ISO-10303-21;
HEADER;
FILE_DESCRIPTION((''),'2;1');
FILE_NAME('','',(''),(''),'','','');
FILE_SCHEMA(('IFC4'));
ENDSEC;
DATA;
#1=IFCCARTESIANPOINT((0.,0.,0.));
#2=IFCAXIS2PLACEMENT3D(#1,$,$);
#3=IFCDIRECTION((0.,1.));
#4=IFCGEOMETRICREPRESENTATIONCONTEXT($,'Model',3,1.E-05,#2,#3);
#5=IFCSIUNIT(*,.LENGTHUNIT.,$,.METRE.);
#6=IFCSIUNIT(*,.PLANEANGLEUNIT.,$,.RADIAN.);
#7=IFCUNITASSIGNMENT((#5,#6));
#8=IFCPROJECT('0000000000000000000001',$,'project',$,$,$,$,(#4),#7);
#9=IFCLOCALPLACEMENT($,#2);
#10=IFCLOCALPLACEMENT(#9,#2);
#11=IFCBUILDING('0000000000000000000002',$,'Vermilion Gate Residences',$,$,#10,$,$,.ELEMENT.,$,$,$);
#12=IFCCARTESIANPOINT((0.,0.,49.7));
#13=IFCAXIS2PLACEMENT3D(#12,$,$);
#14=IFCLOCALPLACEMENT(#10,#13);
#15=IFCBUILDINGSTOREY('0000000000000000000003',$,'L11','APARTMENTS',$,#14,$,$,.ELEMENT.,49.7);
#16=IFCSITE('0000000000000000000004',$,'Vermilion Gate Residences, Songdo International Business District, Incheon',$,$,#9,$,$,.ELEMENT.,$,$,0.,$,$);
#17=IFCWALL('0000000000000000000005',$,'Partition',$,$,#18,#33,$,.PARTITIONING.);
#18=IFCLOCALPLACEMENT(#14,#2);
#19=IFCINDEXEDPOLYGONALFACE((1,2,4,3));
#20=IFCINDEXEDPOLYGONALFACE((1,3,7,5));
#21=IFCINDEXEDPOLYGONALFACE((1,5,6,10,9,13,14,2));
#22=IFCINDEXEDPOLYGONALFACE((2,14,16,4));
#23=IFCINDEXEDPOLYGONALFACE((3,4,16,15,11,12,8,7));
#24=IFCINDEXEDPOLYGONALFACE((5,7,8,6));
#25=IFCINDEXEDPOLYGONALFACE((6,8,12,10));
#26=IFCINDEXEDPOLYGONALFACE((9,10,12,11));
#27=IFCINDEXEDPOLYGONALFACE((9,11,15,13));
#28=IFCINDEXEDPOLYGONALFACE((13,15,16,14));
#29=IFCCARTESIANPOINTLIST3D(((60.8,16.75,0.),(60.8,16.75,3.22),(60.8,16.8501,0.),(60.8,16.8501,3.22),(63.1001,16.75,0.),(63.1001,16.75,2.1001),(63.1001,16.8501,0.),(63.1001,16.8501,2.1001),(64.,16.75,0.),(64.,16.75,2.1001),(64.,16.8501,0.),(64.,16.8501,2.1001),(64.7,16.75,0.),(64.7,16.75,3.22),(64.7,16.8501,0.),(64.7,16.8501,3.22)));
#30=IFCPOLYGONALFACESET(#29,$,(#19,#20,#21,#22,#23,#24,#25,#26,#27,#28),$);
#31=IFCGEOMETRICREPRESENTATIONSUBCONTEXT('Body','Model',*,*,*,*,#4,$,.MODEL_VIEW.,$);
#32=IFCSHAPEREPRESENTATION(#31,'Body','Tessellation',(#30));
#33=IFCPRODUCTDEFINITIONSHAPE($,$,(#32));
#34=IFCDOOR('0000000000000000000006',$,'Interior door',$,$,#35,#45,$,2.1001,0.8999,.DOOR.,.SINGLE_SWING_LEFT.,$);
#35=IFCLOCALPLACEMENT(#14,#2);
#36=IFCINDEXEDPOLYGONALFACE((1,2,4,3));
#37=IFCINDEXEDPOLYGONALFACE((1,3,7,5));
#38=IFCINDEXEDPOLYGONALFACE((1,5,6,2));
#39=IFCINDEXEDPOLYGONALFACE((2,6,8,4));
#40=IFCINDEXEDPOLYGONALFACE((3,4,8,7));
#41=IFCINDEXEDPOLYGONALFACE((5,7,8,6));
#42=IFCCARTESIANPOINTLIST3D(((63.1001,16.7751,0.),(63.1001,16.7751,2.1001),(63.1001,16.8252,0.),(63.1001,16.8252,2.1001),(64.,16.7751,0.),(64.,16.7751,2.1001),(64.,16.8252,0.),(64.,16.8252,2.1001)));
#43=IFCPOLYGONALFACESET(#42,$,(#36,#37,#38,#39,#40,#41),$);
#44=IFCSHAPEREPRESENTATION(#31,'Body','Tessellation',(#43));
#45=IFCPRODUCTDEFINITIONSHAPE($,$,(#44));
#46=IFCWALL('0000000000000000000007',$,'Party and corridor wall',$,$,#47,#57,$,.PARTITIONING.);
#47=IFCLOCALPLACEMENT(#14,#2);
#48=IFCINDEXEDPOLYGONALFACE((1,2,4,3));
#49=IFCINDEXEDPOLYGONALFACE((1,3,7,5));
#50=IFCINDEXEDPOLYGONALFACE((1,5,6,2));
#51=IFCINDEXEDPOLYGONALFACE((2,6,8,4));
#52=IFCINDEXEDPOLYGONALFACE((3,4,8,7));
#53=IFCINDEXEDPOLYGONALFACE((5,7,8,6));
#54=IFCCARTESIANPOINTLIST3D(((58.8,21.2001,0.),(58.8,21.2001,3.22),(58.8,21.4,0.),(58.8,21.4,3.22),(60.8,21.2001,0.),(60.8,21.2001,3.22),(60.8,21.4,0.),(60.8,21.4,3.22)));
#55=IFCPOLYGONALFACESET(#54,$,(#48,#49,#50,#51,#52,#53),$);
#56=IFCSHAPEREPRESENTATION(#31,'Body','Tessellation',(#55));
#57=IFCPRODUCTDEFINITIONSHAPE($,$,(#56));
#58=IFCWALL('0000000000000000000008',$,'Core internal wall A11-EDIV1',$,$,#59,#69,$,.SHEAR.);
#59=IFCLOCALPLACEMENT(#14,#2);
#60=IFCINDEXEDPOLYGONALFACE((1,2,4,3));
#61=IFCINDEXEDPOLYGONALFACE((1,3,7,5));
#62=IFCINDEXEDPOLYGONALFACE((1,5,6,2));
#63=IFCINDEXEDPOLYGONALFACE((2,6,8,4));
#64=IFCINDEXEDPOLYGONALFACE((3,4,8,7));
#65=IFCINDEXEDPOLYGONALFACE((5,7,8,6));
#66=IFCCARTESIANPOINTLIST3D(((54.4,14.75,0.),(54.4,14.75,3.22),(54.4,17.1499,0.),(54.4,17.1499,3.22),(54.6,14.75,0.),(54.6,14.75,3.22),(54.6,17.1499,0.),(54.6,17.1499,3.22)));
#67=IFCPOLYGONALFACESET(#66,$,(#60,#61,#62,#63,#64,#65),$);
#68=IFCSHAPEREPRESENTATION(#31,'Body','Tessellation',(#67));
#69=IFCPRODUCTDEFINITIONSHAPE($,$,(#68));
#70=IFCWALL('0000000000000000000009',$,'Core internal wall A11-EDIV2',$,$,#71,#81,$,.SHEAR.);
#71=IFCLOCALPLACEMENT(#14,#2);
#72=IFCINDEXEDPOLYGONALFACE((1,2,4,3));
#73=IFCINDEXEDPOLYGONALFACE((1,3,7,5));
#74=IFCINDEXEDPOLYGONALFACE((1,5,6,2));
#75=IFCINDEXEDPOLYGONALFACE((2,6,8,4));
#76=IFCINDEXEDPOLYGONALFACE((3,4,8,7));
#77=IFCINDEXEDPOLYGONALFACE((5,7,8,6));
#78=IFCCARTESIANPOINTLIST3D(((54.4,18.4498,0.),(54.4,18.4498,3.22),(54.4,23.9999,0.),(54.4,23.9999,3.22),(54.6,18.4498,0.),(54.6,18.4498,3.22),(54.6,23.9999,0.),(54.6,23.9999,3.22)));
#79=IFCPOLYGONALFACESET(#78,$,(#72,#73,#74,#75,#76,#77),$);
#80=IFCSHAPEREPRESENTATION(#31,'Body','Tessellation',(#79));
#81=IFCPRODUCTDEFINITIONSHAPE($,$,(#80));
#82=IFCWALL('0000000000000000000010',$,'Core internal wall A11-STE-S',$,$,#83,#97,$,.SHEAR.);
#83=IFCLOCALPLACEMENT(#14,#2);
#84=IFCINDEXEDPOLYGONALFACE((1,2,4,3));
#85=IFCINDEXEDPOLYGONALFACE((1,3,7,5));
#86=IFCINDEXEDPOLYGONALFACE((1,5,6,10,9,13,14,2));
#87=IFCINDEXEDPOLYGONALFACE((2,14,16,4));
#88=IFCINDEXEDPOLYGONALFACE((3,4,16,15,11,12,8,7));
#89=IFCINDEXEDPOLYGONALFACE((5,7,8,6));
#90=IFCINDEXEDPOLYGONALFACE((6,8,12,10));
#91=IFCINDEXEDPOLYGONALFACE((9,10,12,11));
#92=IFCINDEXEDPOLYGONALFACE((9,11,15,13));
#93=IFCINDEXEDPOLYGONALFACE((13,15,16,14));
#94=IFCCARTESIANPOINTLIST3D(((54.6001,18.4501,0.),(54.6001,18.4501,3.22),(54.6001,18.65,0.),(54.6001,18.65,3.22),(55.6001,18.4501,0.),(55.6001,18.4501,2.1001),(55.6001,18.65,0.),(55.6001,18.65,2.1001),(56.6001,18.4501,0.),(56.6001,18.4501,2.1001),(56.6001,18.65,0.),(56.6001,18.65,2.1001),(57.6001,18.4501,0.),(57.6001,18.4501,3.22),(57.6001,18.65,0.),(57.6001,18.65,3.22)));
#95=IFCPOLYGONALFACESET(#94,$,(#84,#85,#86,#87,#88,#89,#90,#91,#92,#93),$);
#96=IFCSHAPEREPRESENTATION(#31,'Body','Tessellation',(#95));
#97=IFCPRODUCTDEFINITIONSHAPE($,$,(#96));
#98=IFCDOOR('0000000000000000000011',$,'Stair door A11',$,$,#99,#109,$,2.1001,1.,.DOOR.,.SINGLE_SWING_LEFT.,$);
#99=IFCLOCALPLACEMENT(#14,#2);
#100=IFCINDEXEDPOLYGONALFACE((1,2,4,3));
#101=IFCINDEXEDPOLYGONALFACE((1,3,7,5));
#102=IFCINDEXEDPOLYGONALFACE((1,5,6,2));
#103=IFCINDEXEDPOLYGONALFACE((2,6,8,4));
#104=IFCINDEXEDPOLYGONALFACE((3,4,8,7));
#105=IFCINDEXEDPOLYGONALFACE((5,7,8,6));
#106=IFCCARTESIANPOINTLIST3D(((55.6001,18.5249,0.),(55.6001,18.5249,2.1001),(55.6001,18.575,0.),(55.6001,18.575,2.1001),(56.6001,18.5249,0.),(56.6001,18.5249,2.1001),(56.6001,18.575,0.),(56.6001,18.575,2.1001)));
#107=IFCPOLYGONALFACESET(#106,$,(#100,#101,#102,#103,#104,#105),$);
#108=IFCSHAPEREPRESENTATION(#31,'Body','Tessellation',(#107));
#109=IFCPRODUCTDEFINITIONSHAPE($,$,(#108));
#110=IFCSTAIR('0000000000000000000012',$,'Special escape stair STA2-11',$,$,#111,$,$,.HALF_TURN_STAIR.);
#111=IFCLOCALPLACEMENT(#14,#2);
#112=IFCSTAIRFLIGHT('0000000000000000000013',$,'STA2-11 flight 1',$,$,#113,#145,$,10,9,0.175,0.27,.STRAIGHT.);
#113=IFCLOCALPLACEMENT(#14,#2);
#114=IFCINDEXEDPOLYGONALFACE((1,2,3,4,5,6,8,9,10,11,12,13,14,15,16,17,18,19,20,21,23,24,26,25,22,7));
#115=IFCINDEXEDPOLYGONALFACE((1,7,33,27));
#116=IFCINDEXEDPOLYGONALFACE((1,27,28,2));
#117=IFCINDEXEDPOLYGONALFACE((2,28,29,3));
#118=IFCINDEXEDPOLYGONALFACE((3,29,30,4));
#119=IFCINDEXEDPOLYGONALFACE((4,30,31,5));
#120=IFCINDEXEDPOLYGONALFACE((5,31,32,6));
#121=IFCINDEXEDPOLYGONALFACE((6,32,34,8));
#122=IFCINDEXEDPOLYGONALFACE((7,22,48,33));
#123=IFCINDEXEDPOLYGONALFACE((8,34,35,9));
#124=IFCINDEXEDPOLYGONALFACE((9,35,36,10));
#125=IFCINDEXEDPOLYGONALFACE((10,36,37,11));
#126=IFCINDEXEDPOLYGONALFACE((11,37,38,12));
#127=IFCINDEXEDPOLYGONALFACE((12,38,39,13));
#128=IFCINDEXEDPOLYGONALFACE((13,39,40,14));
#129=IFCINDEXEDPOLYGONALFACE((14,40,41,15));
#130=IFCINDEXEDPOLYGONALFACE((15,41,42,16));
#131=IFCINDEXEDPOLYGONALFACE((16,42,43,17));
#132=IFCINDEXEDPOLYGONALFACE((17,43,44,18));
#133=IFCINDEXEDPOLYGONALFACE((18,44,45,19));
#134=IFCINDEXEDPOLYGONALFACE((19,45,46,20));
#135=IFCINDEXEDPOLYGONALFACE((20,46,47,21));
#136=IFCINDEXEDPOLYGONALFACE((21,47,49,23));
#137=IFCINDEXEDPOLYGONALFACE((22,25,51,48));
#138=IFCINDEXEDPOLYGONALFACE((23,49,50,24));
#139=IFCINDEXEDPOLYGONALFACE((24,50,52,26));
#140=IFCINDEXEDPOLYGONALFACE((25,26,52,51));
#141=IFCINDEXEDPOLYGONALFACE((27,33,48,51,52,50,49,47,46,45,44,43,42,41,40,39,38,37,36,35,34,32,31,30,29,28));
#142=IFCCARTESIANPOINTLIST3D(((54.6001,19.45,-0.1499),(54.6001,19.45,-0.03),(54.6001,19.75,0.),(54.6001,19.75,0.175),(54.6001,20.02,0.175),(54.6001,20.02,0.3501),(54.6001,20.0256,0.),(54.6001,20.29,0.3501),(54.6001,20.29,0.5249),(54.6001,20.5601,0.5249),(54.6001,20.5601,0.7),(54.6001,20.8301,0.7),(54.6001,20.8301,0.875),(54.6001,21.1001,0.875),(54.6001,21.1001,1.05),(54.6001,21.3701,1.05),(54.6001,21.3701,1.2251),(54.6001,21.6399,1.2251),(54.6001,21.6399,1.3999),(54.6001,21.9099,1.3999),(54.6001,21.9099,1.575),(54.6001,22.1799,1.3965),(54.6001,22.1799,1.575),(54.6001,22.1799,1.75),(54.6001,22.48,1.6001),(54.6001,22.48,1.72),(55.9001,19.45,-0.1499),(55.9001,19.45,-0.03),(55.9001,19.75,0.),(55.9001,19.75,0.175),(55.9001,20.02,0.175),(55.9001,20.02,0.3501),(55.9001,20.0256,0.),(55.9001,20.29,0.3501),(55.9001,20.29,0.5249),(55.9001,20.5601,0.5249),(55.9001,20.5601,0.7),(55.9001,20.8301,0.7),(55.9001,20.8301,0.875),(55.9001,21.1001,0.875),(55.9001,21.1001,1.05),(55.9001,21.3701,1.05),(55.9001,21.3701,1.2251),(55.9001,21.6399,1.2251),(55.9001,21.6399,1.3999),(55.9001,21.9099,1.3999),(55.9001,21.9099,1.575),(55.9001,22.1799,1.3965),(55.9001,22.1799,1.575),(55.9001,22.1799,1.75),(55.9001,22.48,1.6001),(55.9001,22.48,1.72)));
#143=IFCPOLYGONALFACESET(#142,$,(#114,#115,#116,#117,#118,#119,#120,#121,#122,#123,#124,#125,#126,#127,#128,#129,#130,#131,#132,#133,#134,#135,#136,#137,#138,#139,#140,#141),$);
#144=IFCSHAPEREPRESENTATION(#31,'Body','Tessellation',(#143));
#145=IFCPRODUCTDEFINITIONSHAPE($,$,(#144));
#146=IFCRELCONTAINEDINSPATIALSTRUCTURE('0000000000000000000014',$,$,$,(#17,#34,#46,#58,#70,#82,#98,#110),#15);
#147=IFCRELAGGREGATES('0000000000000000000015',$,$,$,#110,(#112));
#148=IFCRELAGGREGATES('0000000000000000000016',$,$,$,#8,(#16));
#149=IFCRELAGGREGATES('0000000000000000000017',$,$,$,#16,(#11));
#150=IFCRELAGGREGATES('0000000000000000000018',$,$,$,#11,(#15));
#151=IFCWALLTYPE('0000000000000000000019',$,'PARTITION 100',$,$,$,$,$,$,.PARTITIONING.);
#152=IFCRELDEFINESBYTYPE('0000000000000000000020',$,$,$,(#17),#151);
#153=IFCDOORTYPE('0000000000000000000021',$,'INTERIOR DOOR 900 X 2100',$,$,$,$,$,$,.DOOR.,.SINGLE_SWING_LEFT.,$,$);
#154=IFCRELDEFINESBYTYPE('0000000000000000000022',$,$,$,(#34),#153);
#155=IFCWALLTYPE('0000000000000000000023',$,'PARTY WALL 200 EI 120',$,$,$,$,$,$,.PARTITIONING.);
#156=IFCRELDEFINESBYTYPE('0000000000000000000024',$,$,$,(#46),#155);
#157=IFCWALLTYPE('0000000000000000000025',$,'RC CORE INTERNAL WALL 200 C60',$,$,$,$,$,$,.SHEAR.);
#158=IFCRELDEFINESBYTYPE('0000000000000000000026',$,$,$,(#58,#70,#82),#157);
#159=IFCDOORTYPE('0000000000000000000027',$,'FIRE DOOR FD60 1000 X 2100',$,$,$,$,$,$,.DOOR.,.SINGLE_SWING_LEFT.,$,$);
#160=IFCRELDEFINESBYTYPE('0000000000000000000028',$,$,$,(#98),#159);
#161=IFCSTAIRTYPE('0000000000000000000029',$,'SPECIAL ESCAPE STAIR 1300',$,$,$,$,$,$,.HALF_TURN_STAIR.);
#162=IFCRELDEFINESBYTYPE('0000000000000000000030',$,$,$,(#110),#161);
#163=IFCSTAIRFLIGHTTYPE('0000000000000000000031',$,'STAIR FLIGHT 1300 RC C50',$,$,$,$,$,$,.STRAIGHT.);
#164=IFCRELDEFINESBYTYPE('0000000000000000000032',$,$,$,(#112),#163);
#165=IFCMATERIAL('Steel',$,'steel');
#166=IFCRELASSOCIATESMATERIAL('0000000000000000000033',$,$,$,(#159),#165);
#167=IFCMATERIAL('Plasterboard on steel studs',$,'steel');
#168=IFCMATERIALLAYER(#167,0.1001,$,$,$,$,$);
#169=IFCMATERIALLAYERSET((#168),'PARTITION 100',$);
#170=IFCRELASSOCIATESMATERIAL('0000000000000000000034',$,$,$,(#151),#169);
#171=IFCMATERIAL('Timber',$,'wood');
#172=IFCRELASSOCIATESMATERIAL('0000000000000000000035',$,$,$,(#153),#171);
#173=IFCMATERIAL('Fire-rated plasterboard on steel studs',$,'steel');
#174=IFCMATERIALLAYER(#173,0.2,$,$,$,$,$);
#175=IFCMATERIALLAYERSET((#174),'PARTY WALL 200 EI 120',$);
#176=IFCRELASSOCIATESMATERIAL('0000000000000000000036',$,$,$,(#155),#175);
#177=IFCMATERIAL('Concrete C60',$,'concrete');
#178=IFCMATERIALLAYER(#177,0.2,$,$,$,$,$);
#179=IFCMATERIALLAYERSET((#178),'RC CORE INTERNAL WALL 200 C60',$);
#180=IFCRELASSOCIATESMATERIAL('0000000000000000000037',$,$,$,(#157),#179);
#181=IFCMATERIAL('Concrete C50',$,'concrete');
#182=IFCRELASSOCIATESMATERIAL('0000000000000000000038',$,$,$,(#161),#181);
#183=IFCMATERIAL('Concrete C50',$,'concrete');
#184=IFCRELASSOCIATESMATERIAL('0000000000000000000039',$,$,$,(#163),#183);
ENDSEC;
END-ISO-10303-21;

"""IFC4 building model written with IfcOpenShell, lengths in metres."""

from ifc_helpers import new_model, si_unit, direction, frame, frame_2d, origin, place, context, subcontext, project, spatial, polyline, rectangle, outline, extrude, material, layer, layer_set, type_object, element, fill, aggregate, save


model = new_model("IFC4")

# Units and contexts
model_context = context("Model", 3, precision=1e-05, world=origin(), true_north=direction((0.0, 1.0)))
body_context = subcontext(model_context, "Body", "Model", "MODEL_VIEW")
ifc_project = project(units=[si_unit("LENGTHUNIT", "METRE"), si_unit("PLANEANGLEUNIT", "RADIAN")], contexts=[model_context])

# Site, building, storey
site_placement = place(None, origin())
site = spatial("IfcSite", under=ifc_project, at=site_placement, Name="Vermilion Gate Residences, Songdo International Business District, Incheon", CompositionType="ELEMENT", RefElevation=0.0)
building_placement = place(site_placement, origin())
building = spatial("IfcBuilding", under=site, at=building_placement, Name="Vermilion Gate Residences", CompositionType="ELEMENT")
storey_placement = place(building_placement, frame((0.0, 0.0, 49.7)))
storey = spatial("IfcBuildingStorey", under=building, at=storey_placement, Name="L11", Description="APARTMENTS", CompositionType="ELEMENT", Elevation=49.7)

# Shared definitions
ifc_material_1 = material(Name="Steel", Category="steel")
door_type_1 = type_object("IfcDoorType", Name="FIRE DOOR FD60 1000 X 2100", OperationType="SINGLE_SWING_LEFT", PredefinedType="DOOR", material=ifc_material_1)

# Shared definitions
ifc_material_2 = material(Name="Plasterboard on steel studs", Category="steel")
ifc_layer_1 = layer(ifc_material_2, 0.1001)
ifc_layer_set_1 = layer_set([ifc_layer_1], Name="PARTITION 100")
wall_type_1 = type_object("IfcWallType", Name="PARTITION 100", PredefinedType="PARTITIONING", material=ifc_layer_set_1)

# Wall, opening, door
wall_1_placement = place(storey_placement, frame((60.8, 16.8, 0.0), z_axis=(0.0, 0.0, 1.0), x_axis=(1.0, 0.0, 0.0)))
wall_1 = element("IfcWall", 1, at=wall_1_placement, inside=storey, type_object=wall_type_1, Name="Partition", PredefinedType="PARTITIONING", context=body_context, shape_type="SweptSolid", body=[
    extrude(rectangle(XDim=3.8999, YDim=0.1001, at=frame_2d((1.95, 0.0))), origin(), (0.0, 0.0, 1.0), 3.22),
])
opening_1_placement = place(wall_1_placement, frame((2.3, 0.0, 0.0)))
opening_1 = element("IfcOpeningElement", 2, at=opening_1_placement, cuts=wall_1, PredefinedType="OPENING", context=body_context, shape_type="SweptSolid", body=[
    extrude(rectangle(XDim=0.8999, YDim=2.1001, at=frame_2d((0.45, 1.05))), frame((0.0, 0.0601, 0.0), z_axis=(0.0, -1.0, 0.0), x_axis=(1.0, 0.0, 0.0)), (0.0, 0.0, 1.0), 0.1201),
])
ifc_material_3 = material(Name="Timber", Category="wood")
door_type_2 = type_object("IfcDoorType", Name="INTERIOR DOOR 900 X 2100", OperationType="SINGLE_SWING_LEFT", PredefinedType="DOOR", material=ifc_material_3)
door_1_placement = place(opening_1_placement, frame((0.8999, 0.0, 0.0), z_axis=(0.0, 0.0, 1.0), x_axis=(-1.0, 0.0, 0.0)))
door_1 = element("IfcDoor", 3, at=door_1_placement, inside=storey, type_object=door_type_2, Name="Interior door", OperationType="SINGLE_SWING_LEFT", OverallHeight=2.1001, OverallWidth=0.8999, PredefinedType="DOOR", context=body_context, shape_type="SweptSolid", body=[
    extrude(rectangle(XDim=0.8999, YDim=2.1001, at=frame_2d((0.45, 1.05))), frame((0.0, 0.0249, 0.0), z_axis=(0.0, -1.0, 0.0), x_axis=(1.0, 0.0, 0.0)), (0.0, 0.0, 1.0), 0.05),
])
fill(opening_1, door_1)

# Walls
ifc_material_4 = material(Name="Fire-rated plasterboard on steel studs", Category="steel")
ifc_layer_2 = layer(ifc_material_4, 0.2)
ifc_layer_set_2 = layer_set([ifc_layer_2], Name="PARTY WALL 200 EI 120")
wall_type_2 = type_object("IfcWallType", Name="PARTY WALL 200 EI 120", PredefinedType="PARTITIONING", material=ifc_layer_set_2)
wall_2_placement = place(storey_placement, frame((58.8, 21.3, 0.0), z_axis=(0.0, 0.0, 1.0), x_axis=(1.0, 0.0, 0.0)))
element("IfcWall", 4, at=wall_2_placement, inside=storey, type_object=wall_type_2, Name="Party and corridor wall", PredefinedType="PARTITIONING", context=body_context, shape_type="SweptSolid", body=[
    extrude(rectangle(XDim=2.0, YDim=0.2, at=frame_2d((1.0, 0.0))), origin(), (0.0, 0.0, 1.0), 3.22),
])
ifc_material_5 = material(Name="Concrete C60", Category="concrete")
ifc_layer_3 = layer(ifc_material_5, 0.2)
ifc_layer_set_3 = layer_set([ifc_layer_3], Name="RC CORE INTERNAL WALL 200 C60")
wall_type_3 = type_object("IfcWallType", Name="RC CORE INTERNAL WALL 200 C60", PredefinedType="SHEAR", material=ifc_layer_set_3)
wall_3_placement = place(storey_placement, frame((54.5, 14.75, 0.0), z_axis=(0.0, 0.0, 1.0), x_axis=(0.0, 1.0, 0.0)))
element("IfcWall", 5, at=wall_3_placement, inside=storey, type_object=wall_type_3, Name="Core internal wall A11-EDIV1", PredefinedType="SHEAR", context=body_context, shape_type="SweptSolid", body=[
    extrude(rectangle(XDim=2.3999, YDim=0.2, at=frame_2d((1.2, 0.0))), origin(), (0.0, 0.0, 1.0), 3.22),
])
wall_4_placement = place(storey_placement, frame((54.5, 18.45, 0.0), z_axis=(0.0, 0.0, 1.0), x_axis=(0.0, 1.0, 0.0)))
element("IfcWall", 6, at=wall_4_placement, inside=storey, type_object=wall_type_3, Name="Core internal wall A11-EDIV2", PredefinedType="SHEAR", context=body_context, shape_type="SweptSolid", body=[
    extrude(rectangle(XDim=5.55, YDim=0.2, at=frame_2d((2.7749, 0.0))), origin(), (0.0, 0.0, 1.0), 3.22),
])

# Wall, opening, door
wall_5_placement = place(storey_placement, frame((54.6001, 18.55, 0.0), z_axis=(0.0, 0.0, 1.0), x_axis=(1.0, 0.0, 0.0)))
wall_5 = element("IfcWall", 7, at=wall_5_placement, inside=storey, type_object=wall_type_3, Name="Core internal wall A11-STE-S", PredefinedType="SHEAR", context=body_context, shape_type="SweptSolid", body=[
    extrude(rectangle(XDim=3.0, YDim=0.2, at=frame_2d((1.5, 0.0))), origin(), (0.0, 0.0, 1.0), 3.22),
])
opening_2_placement = place(wall_5_placement, frame((1.0, 0.0, 0.0)))
opening_2 = element("IfcOpeningElement", 8, at=opening_2_placement, cuts=wall_5, PredefinedType="OPENING", context=body_context, shape_type="SweptSolid", body=[
    extrude(rectangle(XDim=1.0, YDim=2.1001, at=frame_2d((0.5, 1.05))), frame((0.0, 0.1099, 0.0), z_axis=(0.0, -1.0, 0.0), x_axis=(1.0, 0.0, 0.0)), (0.0, 0.0, 1.0), 0.22),
])
door_2_placement = place(opening_2_placement, origin())
door_2 = element("IfcDoor", 9, at=door_2_placement, inside=storey, type_object=door_type_1, Name="Stair door A11", OperationType="SINGLE_SWING_LEFT", OverallHeight=2.1001, OverallWidth=1.0, PredefinedType="DOOR", context=body_context, shape_type="SweptSolid", body=[
    extrude(rectangle(XDim=1.0, YDim=2.1001, at=frame_2d((0.5, 1.05))), frame((0.0, 0.0249, 0.0), z_axis=(0.0, -1.0, 0.0), x_axis=(1.0, 0.0, 0.0)), (0.0, 0.0, 1.0), 0.05),
])
fill(opening_2, door_2)

# Stair, stair flight
ifc_material_6 = material(Name="Concrete C50", Category="concrete")
stair_type = type_object("IfcStairType", Name="SPECIAL ESCAPE STAIR 1300", PredefinedType="HALF_TURN_STAIR", material=ifc_material_6)
stair_placement = place(storey_placement, origin())
stair = element("IfcStair", 10, at=stair_placement, inside=storey, type_object=stair_type, Name="Special escape stair STA2-11", PredefinedType="HALF_TURN_STAIR")
ifc_material_7 = material(Name="Concrete C50", Category="concrete")
stair_flight_type = type_object("IfcStairFlightType", Name="STAIR FLIGHT 1300 RC C50", PredefinedType="STRAIGHT", material=ifc_material_7)
stair_flight_1_placement = place(storey_placement, frame((55.25, 19.75, 0.0), z_axis=(0.0, 0.0, 1.0), x_axis=(0.0, 1.0, 0.0)))
stair_flight_1 = element("IfcStairFlight", 11, at=stair_flight_1_placement, type_object=stair_flight_type, Name="STA2-11 flight 1", NumberOfRisers=10, NumberOfTreads=9, PredefinedType="STRAIGHT", RiserHeight=0.175, TreadLength=0.27, context=body_context, shape_type="SweptSolid", body=[
    extrude(outline(polyline([(-0.3, -0.1499), (-0.3, -0.03), (0.0, 0.0), (0.0, 0.175), (0.27, 0.175), (0.27, 0.3501), (0.54, 0.3501), (0.54, 0.5249), (0.8101, 0.5249), (0.8101, 0.7), (1.0801, 0.7), (1.0801, 0.875), (1.3501, 0.875), (1.3501, 1.05), (1.6201, 1.05), (1.6201, 1.2251), (1.8899, 1.2251), (1.8899, 1.3999), (2.1599, 1.3999), (2.1599, 1.575), (2.4299, 1.575), (2.4299, 1.75), (2.73, 1.72), (2.73, 1.6001), (2.4299, 1.3965), (0.2756, 0.0), (-0.3, -0.1499)])), frame((0.0, 0.6499, 0.0), z_axis=(0.0, -1.0, 0.0), x_axis=(1.0, 0.0, 0.0)), (0.0, 0.0, 1.0), 1.3),
])
aggregate(stair, [stair_flight_1])

save(model, "model.ifc")
